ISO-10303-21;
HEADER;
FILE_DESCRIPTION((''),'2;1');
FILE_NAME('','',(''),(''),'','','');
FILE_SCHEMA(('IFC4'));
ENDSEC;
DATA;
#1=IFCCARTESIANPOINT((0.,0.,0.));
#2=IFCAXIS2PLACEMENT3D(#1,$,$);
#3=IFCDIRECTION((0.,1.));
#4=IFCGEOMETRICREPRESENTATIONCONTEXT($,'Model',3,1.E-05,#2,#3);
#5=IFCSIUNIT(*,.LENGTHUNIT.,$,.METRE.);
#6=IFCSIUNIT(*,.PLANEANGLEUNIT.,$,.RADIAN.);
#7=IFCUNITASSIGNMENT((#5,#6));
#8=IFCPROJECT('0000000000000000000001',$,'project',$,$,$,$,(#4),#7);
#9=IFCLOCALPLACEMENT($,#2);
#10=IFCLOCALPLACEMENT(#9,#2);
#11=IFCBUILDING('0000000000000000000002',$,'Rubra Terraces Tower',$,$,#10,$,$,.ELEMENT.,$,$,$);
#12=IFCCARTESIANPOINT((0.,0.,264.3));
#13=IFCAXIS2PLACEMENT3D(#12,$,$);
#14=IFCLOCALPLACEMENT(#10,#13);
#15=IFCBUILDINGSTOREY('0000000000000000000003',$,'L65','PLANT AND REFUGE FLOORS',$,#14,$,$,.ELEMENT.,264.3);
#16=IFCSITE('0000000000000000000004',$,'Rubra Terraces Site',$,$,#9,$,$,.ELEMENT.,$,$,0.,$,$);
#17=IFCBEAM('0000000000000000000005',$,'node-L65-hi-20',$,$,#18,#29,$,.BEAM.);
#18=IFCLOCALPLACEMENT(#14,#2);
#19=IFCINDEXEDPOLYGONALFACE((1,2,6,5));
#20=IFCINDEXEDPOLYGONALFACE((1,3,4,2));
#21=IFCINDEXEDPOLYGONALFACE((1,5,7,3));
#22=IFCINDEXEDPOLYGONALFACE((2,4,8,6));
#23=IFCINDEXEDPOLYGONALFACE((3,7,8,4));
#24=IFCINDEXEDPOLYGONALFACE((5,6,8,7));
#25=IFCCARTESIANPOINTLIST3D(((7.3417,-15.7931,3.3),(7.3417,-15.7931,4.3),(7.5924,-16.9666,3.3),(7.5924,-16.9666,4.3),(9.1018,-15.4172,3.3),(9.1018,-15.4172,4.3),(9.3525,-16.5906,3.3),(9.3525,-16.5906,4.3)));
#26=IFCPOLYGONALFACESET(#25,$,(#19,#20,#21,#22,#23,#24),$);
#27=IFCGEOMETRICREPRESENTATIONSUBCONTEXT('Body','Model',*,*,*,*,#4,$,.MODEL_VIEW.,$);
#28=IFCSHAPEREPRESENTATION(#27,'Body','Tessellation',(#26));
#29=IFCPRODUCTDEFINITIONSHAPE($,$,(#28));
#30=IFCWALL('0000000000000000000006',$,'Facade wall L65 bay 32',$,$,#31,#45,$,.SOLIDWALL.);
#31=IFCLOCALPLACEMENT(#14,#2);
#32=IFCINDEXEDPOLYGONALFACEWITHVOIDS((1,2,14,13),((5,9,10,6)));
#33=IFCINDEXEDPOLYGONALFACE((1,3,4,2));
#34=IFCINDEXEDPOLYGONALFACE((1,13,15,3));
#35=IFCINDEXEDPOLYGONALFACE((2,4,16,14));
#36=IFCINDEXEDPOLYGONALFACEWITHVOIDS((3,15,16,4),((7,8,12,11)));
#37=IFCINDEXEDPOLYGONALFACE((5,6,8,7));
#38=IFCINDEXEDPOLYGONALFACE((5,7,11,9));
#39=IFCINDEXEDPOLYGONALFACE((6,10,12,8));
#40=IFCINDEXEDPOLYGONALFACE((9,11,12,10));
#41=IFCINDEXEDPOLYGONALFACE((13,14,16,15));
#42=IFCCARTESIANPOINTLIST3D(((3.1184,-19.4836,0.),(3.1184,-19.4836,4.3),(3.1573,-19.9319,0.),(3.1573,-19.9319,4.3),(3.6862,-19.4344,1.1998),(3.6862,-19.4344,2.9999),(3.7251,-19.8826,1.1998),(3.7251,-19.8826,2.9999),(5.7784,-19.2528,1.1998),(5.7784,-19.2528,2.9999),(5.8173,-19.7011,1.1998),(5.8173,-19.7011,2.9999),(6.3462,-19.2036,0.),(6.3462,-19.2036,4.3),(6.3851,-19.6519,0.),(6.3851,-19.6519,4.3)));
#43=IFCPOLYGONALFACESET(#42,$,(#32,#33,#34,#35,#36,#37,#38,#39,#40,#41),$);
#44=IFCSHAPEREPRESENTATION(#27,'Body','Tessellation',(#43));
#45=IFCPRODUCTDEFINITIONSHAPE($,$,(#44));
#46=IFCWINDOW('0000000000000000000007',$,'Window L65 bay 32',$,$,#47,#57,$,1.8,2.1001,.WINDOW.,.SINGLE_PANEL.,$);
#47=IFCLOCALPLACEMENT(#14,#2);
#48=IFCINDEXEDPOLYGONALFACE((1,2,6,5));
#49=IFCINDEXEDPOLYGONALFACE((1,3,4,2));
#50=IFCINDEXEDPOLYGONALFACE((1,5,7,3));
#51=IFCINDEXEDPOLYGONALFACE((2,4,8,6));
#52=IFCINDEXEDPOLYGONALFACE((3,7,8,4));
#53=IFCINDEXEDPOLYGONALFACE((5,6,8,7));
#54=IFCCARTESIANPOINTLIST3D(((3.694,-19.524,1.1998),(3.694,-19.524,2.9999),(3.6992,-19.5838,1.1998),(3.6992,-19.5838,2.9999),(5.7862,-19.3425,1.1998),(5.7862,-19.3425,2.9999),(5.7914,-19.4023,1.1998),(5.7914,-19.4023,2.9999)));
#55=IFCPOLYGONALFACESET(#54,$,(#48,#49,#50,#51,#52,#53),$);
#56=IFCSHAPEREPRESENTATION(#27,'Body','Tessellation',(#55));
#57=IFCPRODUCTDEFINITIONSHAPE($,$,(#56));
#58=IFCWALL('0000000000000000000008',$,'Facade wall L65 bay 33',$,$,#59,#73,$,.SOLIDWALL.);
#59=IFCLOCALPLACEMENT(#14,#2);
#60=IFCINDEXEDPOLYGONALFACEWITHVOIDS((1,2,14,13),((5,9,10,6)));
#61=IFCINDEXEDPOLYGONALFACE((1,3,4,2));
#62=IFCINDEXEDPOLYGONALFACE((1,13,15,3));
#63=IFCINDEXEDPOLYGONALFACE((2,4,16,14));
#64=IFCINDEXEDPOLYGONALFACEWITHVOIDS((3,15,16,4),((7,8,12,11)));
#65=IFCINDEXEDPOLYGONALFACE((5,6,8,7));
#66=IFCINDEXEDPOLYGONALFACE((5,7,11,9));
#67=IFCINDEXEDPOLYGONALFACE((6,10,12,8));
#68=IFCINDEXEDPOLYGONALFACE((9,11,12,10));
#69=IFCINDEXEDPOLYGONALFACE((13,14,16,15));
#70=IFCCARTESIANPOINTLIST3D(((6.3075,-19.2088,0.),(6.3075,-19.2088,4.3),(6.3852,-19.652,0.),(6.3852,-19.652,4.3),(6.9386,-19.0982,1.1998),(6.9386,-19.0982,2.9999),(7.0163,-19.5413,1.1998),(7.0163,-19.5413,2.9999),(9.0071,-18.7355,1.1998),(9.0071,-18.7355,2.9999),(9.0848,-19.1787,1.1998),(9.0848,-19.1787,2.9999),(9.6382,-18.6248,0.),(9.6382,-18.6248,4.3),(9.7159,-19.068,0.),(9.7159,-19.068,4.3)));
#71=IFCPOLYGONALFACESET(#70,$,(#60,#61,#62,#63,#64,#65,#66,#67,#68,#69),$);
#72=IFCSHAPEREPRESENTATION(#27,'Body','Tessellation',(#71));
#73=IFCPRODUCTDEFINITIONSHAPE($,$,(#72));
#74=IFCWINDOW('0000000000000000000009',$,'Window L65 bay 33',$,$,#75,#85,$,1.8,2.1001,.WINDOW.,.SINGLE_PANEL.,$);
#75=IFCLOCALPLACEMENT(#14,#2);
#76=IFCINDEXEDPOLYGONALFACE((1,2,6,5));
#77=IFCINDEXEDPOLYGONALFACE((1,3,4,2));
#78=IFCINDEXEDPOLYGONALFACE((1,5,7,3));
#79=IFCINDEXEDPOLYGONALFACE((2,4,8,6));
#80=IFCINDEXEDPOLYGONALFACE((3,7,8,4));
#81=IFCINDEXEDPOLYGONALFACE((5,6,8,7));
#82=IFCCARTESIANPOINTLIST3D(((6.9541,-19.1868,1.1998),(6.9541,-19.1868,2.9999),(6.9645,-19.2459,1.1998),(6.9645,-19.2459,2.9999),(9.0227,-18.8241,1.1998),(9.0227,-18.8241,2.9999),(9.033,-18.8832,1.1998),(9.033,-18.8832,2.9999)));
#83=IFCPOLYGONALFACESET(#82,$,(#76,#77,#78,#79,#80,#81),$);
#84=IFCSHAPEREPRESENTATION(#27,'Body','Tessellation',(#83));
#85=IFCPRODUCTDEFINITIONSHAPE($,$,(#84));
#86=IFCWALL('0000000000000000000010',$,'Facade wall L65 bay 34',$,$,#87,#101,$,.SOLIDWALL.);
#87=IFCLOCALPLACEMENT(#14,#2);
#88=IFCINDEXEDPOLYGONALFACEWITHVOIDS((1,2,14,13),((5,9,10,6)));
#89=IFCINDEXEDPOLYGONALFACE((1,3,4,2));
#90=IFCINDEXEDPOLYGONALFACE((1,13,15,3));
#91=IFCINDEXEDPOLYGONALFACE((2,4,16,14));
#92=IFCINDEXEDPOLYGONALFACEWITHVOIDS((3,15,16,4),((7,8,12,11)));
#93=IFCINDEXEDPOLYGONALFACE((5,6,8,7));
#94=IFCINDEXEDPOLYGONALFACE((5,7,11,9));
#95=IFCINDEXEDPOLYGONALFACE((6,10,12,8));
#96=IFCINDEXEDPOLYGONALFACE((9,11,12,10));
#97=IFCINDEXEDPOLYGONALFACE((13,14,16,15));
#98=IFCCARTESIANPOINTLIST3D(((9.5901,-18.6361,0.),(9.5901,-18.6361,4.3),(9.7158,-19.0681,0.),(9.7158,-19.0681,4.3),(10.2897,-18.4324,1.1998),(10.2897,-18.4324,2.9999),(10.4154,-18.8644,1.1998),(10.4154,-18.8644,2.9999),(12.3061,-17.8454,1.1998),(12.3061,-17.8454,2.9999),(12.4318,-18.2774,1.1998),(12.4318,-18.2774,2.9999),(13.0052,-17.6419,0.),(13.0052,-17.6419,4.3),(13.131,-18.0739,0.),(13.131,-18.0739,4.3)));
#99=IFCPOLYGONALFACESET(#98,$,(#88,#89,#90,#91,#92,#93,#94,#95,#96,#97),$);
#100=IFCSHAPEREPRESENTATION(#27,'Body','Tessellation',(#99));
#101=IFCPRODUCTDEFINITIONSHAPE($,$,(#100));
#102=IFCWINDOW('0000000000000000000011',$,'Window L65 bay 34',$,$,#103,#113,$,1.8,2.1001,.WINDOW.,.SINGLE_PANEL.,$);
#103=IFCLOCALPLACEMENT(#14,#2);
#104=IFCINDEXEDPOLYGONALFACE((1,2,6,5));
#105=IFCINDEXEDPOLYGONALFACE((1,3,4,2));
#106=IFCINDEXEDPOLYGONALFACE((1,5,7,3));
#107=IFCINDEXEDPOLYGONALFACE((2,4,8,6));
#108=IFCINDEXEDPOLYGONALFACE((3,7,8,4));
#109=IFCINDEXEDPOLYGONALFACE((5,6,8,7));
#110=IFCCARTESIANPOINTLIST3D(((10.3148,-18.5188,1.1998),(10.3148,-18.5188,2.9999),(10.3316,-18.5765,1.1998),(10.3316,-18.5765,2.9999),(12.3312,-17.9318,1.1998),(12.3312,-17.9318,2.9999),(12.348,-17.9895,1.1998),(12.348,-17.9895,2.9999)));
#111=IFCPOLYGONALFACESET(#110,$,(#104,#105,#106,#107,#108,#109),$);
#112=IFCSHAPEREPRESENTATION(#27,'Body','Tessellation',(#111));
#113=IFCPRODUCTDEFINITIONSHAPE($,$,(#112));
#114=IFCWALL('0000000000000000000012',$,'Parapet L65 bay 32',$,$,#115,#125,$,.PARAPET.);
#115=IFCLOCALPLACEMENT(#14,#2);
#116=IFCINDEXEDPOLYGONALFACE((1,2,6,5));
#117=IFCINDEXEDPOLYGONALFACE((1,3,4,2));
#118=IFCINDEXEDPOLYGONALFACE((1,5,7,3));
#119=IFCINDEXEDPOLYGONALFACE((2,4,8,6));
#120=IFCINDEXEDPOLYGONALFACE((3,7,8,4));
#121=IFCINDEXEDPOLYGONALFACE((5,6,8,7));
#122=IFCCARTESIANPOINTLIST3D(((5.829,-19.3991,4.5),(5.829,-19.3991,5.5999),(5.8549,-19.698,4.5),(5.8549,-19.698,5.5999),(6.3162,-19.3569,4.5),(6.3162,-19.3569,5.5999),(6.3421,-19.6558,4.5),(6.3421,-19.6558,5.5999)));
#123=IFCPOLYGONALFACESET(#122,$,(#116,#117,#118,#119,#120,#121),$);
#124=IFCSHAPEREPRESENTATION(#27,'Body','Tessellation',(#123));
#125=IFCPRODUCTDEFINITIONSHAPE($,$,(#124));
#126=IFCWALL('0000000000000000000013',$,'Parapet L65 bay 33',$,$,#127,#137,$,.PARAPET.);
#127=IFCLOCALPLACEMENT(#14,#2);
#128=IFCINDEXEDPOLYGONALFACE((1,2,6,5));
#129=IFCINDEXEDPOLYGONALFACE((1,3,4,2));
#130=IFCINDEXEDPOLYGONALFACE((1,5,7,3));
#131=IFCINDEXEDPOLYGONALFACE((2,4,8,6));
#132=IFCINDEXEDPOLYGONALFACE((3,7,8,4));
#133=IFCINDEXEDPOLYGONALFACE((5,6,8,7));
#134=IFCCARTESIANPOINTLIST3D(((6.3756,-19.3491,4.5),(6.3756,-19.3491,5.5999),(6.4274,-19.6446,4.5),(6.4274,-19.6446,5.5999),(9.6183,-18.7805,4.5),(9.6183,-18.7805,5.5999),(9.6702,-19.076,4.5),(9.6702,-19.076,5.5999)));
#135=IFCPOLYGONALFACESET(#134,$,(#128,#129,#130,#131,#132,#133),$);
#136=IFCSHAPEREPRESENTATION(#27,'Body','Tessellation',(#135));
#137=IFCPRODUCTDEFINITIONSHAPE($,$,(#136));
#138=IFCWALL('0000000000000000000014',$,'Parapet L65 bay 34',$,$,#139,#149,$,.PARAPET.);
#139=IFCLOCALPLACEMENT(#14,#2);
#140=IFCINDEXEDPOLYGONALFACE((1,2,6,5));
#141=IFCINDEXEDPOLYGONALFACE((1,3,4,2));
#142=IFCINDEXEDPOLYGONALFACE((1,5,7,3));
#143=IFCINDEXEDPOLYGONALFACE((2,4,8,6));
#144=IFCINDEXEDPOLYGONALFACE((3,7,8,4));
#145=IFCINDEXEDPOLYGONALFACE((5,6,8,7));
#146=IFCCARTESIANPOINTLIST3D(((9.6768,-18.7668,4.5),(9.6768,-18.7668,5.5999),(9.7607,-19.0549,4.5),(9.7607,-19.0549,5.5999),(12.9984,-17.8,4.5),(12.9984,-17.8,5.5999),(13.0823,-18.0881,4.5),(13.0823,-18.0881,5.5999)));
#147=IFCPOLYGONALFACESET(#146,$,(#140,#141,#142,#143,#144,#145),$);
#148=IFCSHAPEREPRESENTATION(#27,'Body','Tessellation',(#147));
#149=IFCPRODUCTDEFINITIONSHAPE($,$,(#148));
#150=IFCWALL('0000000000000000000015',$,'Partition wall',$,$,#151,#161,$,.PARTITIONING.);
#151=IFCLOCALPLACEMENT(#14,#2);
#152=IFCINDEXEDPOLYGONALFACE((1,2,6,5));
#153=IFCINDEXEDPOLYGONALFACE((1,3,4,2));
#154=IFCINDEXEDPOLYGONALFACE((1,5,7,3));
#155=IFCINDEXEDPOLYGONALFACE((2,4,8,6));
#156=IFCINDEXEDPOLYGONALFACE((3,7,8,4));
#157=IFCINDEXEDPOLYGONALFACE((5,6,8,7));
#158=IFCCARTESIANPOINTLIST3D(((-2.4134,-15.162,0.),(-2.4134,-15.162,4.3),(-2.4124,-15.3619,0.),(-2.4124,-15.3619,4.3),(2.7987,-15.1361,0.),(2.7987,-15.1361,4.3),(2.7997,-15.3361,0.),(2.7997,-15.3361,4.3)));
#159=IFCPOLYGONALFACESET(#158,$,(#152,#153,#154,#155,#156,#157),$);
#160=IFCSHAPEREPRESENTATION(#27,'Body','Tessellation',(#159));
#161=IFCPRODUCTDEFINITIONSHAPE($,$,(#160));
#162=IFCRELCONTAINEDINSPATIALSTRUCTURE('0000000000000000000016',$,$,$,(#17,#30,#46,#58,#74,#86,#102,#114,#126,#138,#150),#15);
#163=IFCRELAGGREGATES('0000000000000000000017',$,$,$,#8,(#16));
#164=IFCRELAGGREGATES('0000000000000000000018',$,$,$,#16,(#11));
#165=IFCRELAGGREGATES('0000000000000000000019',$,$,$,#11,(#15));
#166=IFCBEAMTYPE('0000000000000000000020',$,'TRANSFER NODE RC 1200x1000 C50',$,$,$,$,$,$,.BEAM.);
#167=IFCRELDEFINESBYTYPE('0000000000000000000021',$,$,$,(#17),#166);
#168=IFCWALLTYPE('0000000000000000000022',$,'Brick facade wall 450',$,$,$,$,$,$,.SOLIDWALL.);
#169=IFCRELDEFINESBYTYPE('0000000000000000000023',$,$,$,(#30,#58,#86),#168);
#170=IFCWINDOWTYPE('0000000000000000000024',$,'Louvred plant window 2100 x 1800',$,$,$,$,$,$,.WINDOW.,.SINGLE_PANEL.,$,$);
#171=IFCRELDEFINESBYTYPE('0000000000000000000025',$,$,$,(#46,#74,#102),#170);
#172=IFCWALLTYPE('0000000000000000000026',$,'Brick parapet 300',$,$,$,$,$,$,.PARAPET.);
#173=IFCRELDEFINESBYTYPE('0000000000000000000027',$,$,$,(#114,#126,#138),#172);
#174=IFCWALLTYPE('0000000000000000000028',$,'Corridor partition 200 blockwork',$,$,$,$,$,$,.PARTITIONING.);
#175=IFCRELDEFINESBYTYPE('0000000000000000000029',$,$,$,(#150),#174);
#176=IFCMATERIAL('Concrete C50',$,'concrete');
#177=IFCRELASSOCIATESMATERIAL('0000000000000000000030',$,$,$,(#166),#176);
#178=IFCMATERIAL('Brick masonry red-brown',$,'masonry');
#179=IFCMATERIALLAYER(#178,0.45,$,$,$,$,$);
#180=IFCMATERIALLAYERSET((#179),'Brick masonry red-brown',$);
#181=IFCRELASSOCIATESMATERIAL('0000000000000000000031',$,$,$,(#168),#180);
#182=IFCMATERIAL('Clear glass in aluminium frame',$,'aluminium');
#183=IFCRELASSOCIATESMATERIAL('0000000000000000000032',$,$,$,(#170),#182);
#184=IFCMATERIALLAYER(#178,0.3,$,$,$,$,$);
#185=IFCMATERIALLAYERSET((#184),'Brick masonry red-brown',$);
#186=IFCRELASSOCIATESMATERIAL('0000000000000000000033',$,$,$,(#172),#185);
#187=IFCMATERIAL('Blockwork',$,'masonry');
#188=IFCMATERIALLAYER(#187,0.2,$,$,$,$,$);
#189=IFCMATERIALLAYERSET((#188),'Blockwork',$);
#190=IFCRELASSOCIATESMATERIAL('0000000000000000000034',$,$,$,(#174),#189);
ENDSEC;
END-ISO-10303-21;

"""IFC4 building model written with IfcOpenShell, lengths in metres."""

from ifc_helpers import new_model, si_unit, direction, frame, frame_2d, origin, origin_2d, place, context, subcontext, project, spatial, rectangle, extrude, material, layer, layer_set, material_profile, profile_set, type_object, element, fill, save


model = new_model("IFC4")

# Units and contexts
model_context = context("Model", 3, precision=1e-05, world=origin(), true_north=direction((0.0, 1.0)))
body_context = subcontext(model_context, "Body", "Model", "MODEL_VIEW")
ifc_project = project(units=[si_unit("LENGTHUNIT", "METRE"), si_unit("PLANEANGLEUNIT", "RADIAN")], contexts=[model_context])

# Site, building, storey
site_placement = place(None, origin())
site = spatial("IfcSite", under=ifc_project, at=site_placement, Name="Rubra Terraces Site", CompositionType="ELEMENT", RefElevation=0.0)
building_placement = place(site_placement, origin())
building = spatial("IfcBuilding", under=site, at=building_placement, Name="Rubra Terraces Tower", CompositionType="ELEMENT")
storey_placement = place(building_placement, frame((0.0, 0.0, 264.3)))
storey = spatial("IfcBuildingStorey", under=building, at=storey_placement, Name="L65", Description="PLANT AND REFUGE FLOORS", CompositionType="ELEMENT", Elevation=264.3)

# Shared definitions
ifc_material_1 = material(Name="Concrete C50", Category="concrete")

# Beam
ifc_material_profile_1 = material_profile(ifc_material_1, rectangle(XDim=1.2, YDim=1.0, at=origin_2d()), Name="RC 1200x1000")
ifc_profile_set_1 = profile_set([ifc_material_profile_1], Name="Concrete C50")
beam_type_1 = type_object("IfcBeamType", Name="TRANSFER NODE RC 1200x1000 C50", PredefinedType="BEAM", material=ifc_profile_set_1)
beam_1_placement = place(storey_placement, frame((7.467, -16.3799, 3.8), z_axis=(0.977935, 0.208908, 0.0), x_axis=(-0.208908, 0.977935, 0.0)))
element("IfcBeam", 1, at=beam_1_placement, inside=storey, type_object=beam_type_1, Name="node-L65-hi-20", PredefinedType="BEAM", context=body_context, shape_type="SweptSolid", body=[
    extrude(rectangle(XDim=1.2, YDim=1.0, at=origin_2d()), origin(), (0.0, 0.0, 1.0), 1.7998),
])

# Walls, openings, windows
ifc_material_2 = material(Name="Brick masonry red-brown", Category="masonry")
ifc_layer_1 = layer(ifc_material_2, 0.45)
ifc_layer_set_1 = layer_set([ifc_layer_1], Name="Brick masonry red-brown")
wall_type_1 = type_object("IfcWallType", Name="Brick facade wall 450", PredefinedType="SOLIDWALL", material=ifc_layer_set_1)
wall_1_placement = place(storey_placement, frame((3.1377, -19.7078, 0.0), z_axis=(0.0, 0.0, 1.0), x_axis=(0.996258, 0.086431, 0.0)))
wall_1 = element("IfcWall", 2, at=wall_1_placement, inside=storey, type_object=wall_type_1, Name="Facade wall L65 bay 32", PredefinedType="SOLIDWALL", context=body_context, shape_type="SweptSolid", body=[
    extrude(rectangle(XDim=3.24, YDim=0.45, at=frame_2d((1.6201, 0.0))), origin(), (0.0, 0.0, 1.0), 4.3),
])
opening_1_placement = place(wall_1_placement, frame((0.5701, 0.0, 1.2)))
opening_1 = element("IfcOpeningElement", 3, at=opening_1_placement, cuts=wall_1, PredefinedType="OPENING", context=body_context, shape_type="SweptSolid", body=[
    extrude(rectangle(XDim=2.1001, YDim=1.8, at=frame_2d((1.05, 0.8999))), frame((0.0, 0.2349, 0.0), z_axis=(0.0, -1.0, 0.0), x_axis=(1.0, 0.0, 0.0)), (0.0, 0.0, 1.0), 0.47),
])
ifc_material_3 = material(Name="Clear glass in aluminium frame", Category="aluminium")
window_type = type_object("IfcWindowType", Name="Louvred plant window 2100 x 1800", PartitioningType="SINGLE_PANEL", PredefinedType="WINDOW", material=ifc_material_3)
window_1_placement = place(opening_1_placement, origin())
window_1 = element("IfcWindow", 4, at=window_1_placement, inside=storey, type_object=window_type, Name="Window L65 bay 32", OverallHeight=1.8, OverallWidth=2.1001, PartitioningType="SINGLE_PANEL", PredefinedType="WINDOW", context=body_context, shape_type="SweptSolid", body=[
    extrude(rectangle(XDim=2.1001, YDim=1.8, at=frame_2d((1.05, 0.8999))), frame((0.0, 0.135, 0.0), z_axis=(0.0, -1.0, 0.0), x_axis=(1.0, 0.0, 0.0)), (0.0, 0.0, 1.0), 0.0601),
])
fill(opening_1, window_1)
wall_2_placement = place(storey_placement, frame((6.3462, -19.4304, 0.0), z_axis=(0.0, 0.0, 1.0), x_axis=(0.984976, 0.172694, 0.0)))
wall_2 = element("IfcWall", 5, at=wall_2_placement, inside=storey, type_object=wall_type_1, Name="Facade wall L65 bay 33", PredefinedType="SOLIDWALL", context=body_context, shape_type="SweptSolid", body=[
    extrude(rectangle(XDim=3.3816, YDim=0.45, at=frame_2d((1.6909, 0.0))), origin(), (0.0, 0.0, 1.0), 4.3),
])
opening_2_placement = place(wall_2_placement, frame((0.6409, 0.0, 1.2)))
opening_2 = element("IfcOpeningElement", 6, at=opening_2_placement, cuts=wall_2, PredefinedType="OPENING", context=body_context, shape_type="SweptSolid", body=[
    extrude(rectangle(XDim=2.1001, YDim=1.8, at=frame_2d((1.05, 0.8999))), frame((0.0, 0.2349, 0.0), z_axis=(0.0, -1.0, 0.0), x_axis=(1.0, 0.0, 0.0)), (0.0, 0.0, 1.0), 0.47),
])
window_2_placement = place(opening_2_placement, origin())
window_2 = element("IfcWindow", 7, at=window_2_placement, inside=storey, type_object=window_type, Name="Window L65 bay 33", OverallHeight=1.8, OverallWidth=2.1001, PartitioningType="SINGLE_PANEL", PredefinedType="WINDOW", context=body_context, shape_type="SweptSolid", body=[
    extrude(rectangle(XDim=2.1001, YDim=1.8, at=frame_2d((1.05, 0.8999))), frame((0.0, 0.135, 0.0), z_axis=(0.0, -1.0, 0.0), x_axis=(1.0, 0.0, 0.0)), (0.0, 0.0, 1.0), 0.0601),
])
fill(opening_2, window_2)
wall_3_placement = place(storey_placement, frame((9.6531, -18.8521, 0.0), z_axis=(0.0, 0.0, 1.0), x_axis=(0.960144, 0.279504, 0.0)))
wall_3 = element("IfcWall", 8, at=wall_3_placement, inside=storey, type_object=wall_type_1, Name="Facade wall L65 bay 34", PredefinedType="SOLIDWALL", context=body_context, shape_type="SweptSolid", body=[
    extrude(rectangle(XDim=3.5569, YDim=0.45, at=frame_2d((1.7783, 0.0))), origin(), (0.0, 0.0, 1.0), 4.3),
])
opening_3_placement = place(wall_3_placement, frame((0.7285, 0.0, 1.2)))
opening_3 = element("IfcOpeningElement", 9, at=opening_3_placement, cuts=wall_3, PredefinedType="OPENING", context=body_context, shape_type="SweptSolid", body=[
    extrude(rectangle(XDim=2.1001, YDim=1.8, at=frame_2d((1.05, 0.8999))), frame((0.0, 0.2349, 0.0), z_axis=(0.0, -1.0, 0.0), x_axis=(1.0, 0.0, 0.0)), (0.0, 0.0, 1.0), 0.47),
])
window_3_placement = place(opening_3_placement, origin())
window_3 = element("IfcWindow", 10, at=window_3_placement, inside=storey, type_object=window_type, Name="Window L65 bay 34", OverallHeight=1.8, OverallWidth=2.1001, PartitioningType="SINGLE_PANEL", PredefinedType="WINDOW", context=body_context, shape_type="SweptSolid", body=[
    extrude(rectangle(XDim=2.1001, YDim=1.8, at=frame_2d((1.05, 0.8999))), frame((0.0, 0.135, 0.0), z_axis=(0.0, -1.0, 0.0), x_axis=(1.0, 0.0, 0.0)), (0.0, 0.0, 1.0), 0.0601),
])
fill(opening_3, window_3)

# Walls
ifc_layer_2 = layer(ifc_material_2, 0.3)
ifc_layer_set_2 = layer_set([ifc_layer_2], Name="Brick masonry red-brown")
wall_type_2 = type_object("IfcWallType", Name="Brick parapet 300", PredefinedType="PARAPET", material=ifc_layer_set_2)
wall_4_placement = place(storey_placement, frame((5.8418, -19.5486, 4.5), z_axis=(0.0, 0.0, 1.0), x_axis=(0.996265, 0.08635, 0.0)))
element("IfcWall", 11, at=wall_4_placement, inside=storey, type_object=wall_type_2, Name="Parapet L65 bay 32", PredefinedType="PARAPET", context=body_context, shape_type="SweptSolid", body=[
    extrude(rectangle(XDim=0.489, YDim=0.3, at=frame_2d((0.2446, 0.0))), origin(), (0.0, 0.0, 1.0), 1.0999),
])
wall_5_placement = place(storey_placement, frame((6.4016, -19.4968, 4.5), z_axis=(0.0, 0.0, 1.0), x_axis=(0.984972, 0.172715, 0.0)))
element("IfcWall", 12, at=wall_5_placement, inside=storey, type_object=wall_type_2, Name="Parapet L65 bay 33", PredefinedType="PARAPET", context=body_context, shape_type="SweptSolid", body=[
    extrude(rectangle(XDim=3.2922, YDim=0.3, at=frame_2d((1.646, 0.0))), origin(), (0.0, 0.0, 1.0), 1.0999),
])
wall_6_placement = place(storey_placement, frame((9.7188, -18.9109, 4.5), z_axis=(0.0, 0.0, 1.0), x_axis=(0.960154, 0.279472, 0.0)))
element("IfcWall", 13, at=wall_6_placement, inside=storey, type_object=wall_type_2, Name="Parapet L65 bay 34", PredefinedType="PARAPET", context=body_context, shape_type="SweptSolid", body=[
    extrude(rectangle(XDim=3.4595, YDim=0.3, at=frame_2d((1.7297, 0.0))), origin(), (0.0, 0.0, 1.0), 1.0999),
])
ifc_material_4 = material(Name="Blockwork", Category="masonry")
ifc_layer_3 = layer(ifc_material_4, 0.2)
ifc_layer_set_3 = layer_set([ifc_layer_3], Name="Blockwork")
wall_type_3 = type_object("IfcWallType", Name="Corridor partition 200 blockwork", PredefinedType="PARTITIONING", material=ifc_layer_set_3)
wall_7_placement = place(storey_placement, frame((2.7991, -15.2361, 0.0), z_axis=(0.0, 0.0, 1.0), x_axis=(-0.999988, -0.004965, 0.0)))
element("IfcWall", 14, at=wall_7_placement, inside=storey, type_object=wall_type_3, Name="Partition wall", PredefinedType="PARTITIONING", context=body_context, shape_type="SweptSolid", body=[
    extrude(rectangle(XDim=5.2122, YDim=0.2, at=frame_2d((2.606, 0.0))), origin(), (0.0, 0.0, 1.0), 4.3),
])

save(model, "model.ifc")
